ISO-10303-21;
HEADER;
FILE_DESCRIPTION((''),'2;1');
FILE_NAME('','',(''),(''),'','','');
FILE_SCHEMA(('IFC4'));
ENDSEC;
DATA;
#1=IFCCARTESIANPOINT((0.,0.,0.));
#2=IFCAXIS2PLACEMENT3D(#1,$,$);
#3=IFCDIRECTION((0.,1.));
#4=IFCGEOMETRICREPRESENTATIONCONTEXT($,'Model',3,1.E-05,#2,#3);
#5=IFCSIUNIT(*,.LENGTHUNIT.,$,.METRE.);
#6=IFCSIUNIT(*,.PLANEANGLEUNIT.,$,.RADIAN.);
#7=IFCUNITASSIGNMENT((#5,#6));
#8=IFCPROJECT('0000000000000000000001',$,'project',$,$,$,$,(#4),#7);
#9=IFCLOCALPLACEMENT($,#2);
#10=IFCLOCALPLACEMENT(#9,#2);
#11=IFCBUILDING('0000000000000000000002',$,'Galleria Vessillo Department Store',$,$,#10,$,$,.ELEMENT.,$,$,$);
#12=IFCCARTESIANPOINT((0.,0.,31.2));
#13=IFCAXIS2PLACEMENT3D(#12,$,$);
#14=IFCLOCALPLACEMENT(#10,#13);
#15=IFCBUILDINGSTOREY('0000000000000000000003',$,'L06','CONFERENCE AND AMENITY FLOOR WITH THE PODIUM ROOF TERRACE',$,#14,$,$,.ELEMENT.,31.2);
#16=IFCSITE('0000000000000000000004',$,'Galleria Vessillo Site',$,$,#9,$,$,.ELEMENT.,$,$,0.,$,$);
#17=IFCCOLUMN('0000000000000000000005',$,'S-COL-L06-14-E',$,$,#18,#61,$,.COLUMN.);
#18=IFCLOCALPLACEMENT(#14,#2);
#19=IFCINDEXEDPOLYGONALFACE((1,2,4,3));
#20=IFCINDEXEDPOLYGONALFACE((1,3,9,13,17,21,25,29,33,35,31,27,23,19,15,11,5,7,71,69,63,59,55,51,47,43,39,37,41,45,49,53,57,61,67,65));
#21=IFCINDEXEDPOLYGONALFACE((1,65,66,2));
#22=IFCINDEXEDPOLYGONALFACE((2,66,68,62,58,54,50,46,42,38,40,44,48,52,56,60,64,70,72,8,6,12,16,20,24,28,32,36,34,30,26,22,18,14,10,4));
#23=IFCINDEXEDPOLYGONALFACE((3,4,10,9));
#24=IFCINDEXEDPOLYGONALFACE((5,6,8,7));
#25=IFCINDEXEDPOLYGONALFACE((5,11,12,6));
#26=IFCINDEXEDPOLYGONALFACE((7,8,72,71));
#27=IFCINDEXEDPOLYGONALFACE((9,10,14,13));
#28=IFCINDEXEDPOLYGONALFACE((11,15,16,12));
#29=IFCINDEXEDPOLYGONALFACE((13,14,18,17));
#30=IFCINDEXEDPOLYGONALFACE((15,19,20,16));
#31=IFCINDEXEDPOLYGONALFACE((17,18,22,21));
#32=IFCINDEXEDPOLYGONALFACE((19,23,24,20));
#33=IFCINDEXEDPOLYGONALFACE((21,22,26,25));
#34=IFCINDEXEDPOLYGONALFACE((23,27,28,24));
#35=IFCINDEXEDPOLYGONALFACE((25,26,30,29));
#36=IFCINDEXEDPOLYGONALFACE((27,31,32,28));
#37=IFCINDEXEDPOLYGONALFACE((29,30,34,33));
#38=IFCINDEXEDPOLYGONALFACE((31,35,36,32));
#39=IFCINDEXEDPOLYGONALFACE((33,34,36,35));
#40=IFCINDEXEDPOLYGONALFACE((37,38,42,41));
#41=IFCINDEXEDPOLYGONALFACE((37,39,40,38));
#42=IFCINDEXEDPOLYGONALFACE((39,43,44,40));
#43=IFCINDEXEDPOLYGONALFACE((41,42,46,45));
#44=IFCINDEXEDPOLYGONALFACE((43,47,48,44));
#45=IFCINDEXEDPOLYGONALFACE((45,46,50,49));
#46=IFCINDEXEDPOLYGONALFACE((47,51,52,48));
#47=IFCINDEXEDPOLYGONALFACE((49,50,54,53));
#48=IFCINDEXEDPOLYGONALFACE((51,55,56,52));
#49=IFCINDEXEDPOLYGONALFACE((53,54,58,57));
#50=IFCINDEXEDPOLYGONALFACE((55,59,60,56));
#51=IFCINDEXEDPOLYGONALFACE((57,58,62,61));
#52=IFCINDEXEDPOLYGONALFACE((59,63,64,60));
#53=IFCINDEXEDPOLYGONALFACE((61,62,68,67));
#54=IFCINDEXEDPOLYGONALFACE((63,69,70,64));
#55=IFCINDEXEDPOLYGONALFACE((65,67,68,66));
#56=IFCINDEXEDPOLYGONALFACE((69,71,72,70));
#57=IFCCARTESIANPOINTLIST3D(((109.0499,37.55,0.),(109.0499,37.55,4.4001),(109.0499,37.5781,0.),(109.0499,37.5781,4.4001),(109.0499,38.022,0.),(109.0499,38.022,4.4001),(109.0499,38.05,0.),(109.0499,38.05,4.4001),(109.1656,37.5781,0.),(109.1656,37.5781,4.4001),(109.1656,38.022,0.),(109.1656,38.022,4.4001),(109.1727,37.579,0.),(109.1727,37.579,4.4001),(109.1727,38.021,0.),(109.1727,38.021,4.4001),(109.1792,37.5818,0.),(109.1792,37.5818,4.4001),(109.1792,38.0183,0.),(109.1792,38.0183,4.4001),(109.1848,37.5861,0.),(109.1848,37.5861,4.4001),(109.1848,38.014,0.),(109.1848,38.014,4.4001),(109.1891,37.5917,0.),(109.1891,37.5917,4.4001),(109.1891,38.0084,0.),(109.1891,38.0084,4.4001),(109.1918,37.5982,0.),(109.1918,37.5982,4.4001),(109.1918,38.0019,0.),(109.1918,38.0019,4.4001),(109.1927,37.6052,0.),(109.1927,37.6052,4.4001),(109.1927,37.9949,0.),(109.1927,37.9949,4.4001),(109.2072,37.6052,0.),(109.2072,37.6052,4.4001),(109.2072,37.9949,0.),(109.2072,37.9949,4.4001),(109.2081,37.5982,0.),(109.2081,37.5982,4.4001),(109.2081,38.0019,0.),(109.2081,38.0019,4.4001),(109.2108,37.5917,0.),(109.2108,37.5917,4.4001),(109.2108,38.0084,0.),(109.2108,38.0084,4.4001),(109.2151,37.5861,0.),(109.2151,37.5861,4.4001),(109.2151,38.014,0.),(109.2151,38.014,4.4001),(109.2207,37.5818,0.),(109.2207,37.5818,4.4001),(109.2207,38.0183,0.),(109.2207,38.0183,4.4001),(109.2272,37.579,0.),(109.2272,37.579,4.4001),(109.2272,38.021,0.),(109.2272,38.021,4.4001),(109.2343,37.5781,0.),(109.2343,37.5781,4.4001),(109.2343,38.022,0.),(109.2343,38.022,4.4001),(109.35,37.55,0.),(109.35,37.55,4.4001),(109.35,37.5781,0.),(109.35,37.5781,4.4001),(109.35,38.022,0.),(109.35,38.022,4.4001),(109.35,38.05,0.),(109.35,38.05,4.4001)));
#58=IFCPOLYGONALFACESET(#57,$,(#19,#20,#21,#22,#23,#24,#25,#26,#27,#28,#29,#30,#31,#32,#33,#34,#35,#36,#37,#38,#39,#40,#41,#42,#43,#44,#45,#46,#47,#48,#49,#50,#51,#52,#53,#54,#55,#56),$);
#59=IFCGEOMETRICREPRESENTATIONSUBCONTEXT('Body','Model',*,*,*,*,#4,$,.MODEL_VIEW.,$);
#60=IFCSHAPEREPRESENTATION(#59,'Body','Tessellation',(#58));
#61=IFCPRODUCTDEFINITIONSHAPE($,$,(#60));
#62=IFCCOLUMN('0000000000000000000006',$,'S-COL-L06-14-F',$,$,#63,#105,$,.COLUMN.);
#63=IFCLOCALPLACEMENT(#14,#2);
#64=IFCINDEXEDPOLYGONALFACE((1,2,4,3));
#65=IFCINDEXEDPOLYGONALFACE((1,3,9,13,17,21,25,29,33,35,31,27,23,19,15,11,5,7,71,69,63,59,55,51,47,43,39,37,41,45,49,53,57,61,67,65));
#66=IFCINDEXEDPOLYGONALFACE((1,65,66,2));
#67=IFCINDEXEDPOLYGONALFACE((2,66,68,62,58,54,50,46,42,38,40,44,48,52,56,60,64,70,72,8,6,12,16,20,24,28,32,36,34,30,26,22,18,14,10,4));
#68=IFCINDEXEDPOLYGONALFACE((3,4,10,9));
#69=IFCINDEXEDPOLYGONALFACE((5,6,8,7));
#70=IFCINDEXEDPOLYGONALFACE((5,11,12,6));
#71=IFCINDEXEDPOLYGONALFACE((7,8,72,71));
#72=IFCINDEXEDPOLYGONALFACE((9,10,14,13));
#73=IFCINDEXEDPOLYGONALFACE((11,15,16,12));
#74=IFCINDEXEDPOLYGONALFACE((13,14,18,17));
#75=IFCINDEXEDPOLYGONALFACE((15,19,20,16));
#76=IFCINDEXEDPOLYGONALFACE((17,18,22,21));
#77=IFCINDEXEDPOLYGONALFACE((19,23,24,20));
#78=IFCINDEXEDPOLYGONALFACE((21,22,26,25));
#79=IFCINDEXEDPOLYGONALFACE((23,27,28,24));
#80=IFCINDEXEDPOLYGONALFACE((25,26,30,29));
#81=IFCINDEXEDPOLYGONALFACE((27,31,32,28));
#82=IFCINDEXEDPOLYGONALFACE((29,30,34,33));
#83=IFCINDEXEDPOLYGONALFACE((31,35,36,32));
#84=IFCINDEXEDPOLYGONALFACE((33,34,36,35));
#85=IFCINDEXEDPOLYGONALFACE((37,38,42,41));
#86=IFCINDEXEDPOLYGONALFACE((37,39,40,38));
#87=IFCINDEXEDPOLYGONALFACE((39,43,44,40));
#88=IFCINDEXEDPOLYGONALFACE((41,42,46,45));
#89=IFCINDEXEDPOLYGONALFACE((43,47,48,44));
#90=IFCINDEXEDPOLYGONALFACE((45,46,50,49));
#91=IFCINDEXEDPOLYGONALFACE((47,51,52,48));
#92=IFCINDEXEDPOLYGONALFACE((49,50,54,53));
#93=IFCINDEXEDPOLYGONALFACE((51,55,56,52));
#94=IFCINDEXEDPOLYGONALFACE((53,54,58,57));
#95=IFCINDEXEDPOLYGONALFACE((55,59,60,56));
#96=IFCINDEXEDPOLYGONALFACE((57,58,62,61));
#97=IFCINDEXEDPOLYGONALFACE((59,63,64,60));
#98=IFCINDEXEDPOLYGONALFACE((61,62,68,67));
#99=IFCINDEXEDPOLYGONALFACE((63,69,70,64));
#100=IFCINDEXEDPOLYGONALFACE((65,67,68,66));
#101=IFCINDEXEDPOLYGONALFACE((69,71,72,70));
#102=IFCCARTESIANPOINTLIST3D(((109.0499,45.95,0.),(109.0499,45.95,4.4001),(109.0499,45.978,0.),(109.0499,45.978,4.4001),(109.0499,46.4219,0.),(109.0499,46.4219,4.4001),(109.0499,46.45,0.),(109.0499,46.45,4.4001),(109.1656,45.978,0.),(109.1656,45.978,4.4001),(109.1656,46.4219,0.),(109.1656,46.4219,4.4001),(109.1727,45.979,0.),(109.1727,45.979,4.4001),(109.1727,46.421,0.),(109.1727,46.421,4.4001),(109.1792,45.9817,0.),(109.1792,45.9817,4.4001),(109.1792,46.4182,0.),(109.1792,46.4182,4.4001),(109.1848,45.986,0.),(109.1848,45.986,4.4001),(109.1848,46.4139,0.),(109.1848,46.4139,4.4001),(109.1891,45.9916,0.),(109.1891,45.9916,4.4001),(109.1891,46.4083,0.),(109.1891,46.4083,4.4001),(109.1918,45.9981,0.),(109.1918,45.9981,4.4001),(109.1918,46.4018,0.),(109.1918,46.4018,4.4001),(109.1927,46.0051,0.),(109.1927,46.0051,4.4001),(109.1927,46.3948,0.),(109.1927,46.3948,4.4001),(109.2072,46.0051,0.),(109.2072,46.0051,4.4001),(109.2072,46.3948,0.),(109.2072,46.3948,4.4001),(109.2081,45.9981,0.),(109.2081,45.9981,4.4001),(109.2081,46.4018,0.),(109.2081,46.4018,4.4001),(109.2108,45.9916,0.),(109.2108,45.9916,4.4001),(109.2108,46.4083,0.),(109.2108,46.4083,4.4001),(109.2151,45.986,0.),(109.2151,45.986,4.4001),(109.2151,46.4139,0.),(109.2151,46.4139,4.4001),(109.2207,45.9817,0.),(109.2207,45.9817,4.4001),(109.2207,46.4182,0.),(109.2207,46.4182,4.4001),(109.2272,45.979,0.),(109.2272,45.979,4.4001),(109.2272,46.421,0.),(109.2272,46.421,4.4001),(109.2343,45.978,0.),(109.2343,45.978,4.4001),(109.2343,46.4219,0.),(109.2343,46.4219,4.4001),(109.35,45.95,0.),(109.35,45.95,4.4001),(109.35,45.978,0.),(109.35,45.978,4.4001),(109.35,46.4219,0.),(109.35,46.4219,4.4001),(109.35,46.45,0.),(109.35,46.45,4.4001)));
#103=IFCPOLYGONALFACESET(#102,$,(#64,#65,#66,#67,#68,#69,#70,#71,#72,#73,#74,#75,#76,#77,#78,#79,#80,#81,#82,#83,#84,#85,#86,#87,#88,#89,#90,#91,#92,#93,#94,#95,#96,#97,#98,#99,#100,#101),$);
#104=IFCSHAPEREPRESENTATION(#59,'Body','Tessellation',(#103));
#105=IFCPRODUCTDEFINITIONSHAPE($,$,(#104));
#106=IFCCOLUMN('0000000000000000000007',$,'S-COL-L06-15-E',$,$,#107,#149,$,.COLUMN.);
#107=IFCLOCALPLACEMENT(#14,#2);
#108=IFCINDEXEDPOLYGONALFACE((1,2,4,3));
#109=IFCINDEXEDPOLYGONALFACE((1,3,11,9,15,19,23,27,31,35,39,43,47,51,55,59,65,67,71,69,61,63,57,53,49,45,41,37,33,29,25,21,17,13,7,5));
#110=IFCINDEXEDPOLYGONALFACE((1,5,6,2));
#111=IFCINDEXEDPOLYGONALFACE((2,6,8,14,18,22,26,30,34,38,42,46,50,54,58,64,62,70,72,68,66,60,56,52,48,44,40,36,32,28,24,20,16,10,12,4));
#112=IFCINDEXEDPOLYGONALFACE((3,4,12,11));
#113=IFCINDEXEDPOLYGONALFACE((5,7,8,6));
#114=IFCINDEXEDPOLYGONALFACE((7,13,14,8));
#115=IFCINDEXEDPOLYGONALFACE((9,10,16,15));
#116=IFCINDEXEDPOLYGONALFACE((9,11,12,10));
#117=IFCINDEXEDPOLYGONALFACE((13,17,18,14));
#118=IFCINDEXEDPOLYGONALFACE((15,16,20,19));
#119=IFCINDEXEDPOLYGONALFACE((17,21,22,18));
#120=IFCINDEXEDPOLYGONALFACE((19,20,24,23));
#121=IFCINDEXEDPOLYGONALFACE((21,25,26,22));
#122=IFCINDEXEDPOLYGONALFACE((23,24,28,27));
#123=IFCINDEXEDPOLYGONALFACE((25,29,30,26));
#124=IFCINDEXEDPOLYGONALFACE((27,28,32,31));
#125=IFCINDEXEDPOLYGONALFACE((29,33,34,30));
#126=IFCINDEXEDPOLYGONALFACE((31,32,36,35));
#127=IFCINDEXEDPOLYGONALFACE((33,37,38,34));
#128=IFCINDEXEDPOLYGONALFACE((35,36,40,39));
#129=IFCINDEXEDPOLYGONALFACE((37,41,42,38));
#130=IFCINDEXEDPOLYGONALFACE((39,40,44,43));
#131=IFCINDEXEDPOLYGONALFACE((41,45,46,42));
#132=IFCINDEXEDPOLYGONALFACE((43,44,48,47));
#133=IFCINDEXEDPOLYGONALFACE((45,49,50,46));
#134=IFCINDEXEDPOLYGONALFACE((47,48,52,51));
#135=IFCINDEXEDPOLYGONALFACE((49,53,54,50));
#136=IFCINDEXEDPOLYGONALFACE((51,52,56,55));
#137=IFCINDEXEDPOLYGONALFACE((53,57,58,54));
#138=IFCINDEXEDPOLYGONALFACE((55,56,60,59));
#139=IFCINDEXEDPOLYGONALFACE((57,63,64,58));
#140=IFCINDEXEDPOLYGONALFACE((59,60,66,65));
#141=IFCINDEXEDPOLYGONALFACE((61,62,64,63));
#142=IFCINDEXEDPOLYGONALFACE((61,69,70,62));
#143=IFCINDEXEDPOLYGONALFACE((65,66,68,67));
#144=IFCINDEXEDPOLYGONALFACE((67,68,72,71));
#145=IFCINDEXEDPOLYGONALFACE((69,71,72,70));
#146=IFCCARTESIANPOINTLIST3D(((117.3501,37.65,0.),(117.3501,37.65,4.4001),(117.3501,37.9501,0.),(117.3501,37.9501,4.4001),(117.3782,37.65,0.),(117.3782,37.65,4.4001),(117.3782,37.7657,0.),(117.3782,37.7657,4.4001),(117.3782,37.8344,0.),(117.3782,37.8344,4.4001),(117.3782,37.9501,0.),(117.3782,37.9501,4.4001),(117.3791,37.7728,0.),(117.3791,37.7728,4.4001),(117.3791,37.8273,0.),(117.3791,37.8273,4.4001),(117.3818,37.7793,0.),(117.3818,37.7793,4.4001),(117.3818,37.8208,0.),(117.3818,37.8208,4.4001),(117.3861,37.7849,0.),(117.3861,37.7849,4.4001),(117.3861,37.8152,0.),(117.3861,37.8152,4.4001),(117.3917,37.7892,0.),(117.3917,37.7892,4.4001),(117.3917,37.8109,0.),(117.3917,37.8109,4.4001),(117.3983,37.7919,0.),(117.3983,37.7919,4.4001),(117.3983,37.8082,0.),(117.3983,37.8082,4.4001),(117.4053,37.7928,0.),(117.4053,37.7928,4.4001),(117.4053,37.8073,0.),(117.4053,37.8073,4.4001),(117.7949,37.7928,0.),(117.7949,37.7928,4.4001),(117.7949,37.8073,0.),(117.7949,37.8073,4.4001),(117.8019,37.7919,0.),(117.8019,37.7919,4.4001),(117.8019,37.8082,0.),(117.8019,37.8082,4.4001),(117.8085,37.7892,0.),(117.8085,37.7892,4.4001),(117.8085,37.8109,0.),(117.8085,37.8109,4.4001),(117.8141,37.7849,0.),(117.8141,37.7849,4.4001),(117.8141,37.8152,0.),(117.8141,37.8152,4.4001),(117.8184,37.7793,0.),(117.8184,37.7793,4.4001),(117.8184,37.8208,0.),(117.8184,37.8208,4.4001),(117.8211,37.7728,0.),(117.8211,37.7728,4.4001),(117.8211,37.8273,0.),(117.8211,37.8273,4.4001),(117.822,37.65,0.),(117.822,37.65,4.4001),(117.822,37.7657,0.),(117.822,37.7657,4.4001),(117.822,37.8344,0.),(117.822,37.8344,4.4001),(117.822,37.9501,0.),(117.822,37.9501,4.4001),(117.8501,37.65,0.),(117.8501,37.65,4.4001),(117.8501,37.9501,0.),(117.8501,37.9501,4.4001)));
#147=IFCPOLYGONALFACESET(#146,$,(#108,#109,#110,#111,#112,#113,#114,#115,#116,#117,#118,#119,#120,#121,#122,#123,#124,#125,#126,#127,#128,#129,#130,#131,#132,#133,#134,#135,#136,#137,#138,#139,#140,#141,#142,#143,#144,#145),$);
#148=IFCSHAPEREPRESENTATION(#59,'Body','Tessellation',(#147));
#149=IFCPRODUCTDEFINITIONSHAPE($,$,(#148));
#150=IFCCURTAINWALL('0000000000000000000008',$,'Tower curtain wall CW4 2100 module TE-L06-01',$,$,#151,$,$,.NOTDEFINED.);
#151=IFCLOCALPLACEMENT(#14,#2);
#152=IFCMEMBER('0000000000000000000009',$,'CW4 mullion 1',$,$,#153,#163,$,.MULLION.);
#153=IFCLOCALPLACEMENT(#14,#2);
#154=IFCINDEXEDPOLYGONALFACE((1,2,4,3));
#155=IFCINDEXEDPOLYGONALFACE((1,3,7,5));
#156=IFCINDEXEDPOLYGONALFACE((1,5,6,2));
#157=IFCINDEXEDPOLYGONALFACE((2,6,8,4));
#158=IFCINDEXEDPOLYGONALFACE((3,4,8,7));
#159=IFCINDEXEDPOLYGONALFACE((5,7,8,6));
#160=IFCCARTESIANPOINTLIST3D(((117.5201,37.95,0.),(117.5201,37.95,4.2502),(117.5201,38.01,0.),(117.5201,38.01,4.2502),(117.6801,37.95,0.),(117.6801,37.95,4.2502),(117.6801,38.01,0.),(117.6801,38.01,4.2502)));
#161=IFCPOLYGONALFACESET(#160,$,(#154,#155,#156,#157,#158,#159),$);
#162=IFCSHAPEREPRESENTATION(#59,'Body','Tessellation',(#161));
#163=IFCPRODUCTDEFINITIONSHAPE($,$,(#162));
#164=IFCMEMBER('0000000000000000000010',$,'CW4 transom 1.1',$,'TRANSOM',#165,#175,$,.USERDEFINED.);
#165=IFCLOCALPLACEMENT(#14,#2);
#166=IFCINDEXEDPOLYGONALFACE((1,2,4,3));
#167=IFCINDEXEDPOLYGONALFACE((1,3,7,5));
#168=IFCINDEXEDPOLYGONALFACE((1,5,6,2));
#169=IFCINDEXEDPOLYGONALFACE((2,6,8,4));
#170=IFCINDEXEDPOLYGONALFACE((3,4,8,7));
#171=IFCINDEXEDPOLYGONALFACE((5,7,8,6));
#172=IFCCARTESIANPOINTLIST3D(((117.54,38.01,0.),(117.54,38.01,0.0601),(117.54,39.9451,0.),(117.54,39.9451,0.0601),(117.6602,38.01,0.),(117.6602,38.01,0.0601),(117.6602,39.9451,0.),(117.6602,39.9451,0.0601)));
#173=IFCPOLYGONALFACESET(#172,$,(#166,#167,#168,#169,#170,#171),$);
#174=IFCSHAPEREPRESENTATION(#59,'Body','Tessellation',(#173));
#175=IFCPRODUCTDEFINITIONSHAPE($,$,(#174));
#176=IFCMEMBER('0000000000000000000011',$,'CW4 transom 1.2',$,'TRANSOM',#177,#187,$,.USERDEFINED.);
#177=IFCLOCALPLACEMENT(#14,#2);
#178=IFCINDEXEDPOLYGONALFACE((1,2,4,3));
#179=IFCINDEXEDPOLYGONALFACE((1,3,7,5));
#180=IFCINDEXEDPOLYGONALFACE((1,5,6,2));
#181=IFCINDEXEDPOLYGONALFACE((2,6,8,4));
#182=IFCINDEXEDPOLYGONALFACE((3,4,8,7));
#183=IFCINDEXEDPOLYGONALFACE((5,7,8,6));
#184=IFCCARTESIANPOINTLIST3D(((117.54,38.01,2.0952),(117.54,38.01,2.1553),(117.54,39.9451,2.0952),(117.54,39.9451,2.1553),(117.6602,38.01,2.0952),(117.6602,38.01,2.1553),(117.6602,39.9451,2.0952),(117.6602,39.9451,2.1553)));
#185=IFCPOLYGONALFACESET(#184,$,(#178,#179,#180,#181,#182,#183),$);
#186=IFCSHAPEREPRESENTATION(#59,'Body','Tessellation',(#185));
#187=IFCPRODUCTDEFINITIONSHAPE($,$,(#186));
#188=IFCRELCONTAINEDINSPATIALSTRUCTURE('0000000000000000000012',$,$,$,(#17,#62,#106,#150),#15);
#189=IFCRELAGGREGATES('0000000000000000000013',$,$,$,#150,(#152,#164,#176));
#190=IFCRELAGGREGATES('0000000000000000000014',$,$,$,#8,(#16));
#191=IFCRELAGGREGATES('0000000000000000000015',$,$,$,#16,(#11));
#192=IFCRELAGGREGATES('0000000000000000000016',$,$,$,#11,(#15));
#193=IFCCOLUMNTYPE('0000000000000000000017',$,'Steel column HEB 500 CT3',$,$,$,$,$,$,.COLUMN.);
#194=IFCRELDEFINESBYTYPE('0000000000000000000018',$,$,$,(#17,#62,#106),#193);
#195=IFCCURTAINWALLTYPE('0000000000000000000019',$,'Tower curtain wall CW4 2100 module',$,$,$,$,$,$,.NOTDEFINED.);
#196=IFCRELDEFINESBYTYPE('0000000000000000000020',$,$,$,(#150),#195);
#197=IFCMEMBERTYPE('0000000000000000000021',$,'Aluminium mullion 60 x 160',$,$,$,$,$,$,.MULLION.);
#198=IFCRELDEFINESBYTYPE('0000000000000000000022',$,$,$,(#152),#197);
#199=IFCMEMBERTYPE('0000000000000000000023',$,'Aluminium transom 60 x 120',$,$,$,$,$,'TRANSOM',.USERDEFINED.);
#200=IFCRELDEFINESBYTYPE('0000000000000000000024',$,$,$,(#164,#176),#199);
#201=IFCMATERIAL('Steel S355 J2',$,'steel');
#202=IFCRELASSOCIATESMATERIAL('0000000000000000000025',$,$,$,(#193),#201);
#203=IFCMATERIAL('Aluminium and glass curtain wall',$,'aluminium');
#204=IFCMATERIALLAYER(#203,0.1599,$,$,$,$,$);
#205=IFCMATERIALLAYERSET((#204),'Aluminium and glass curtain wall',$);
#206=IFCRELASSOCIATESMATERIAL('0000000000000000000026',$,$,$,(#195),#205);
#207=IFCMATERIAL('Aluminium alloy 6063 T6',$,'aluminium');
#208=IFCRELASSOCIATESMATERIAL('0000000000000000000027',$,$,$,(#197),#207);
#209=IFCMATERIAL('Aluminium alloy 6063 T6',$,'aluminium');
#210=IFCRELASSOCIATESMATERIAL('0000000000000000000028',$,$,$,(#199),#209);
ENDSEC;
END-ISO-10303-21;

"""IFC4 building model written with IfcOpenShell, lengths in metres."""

from ifc_helpers import new_model, si_unit, direction, frame, origin, origin_2d, place, context, subcontext, project, spatial, rectangle, i_section, extrude, material, layer, layer_set, material_profile, profile_set, type_object, element, aggregate, save


model = new_model("IFC4")

# Units and contexts
model_context = context("Model", 3, precision=1e-05, world=origin(), true_north=direction((0.0, 1.0)))
body_context = subcontext(model_context, "Body", "Model", "MODEL_VIEW")
ifc_project = project(units=[si_unit("LENGTHUNIT", "METRE"), si_unit("PLANEANGLEUNIT", "RADIAN")], contexts=[model_context])

# Site, building, storey
site_placement = place(None, origin())
site = spatial("IfcSite", under=ifc_project, at=site_placement, Name="Galleria Vessillo Site", CompositionType="ELEMENT", RefElevation=0.0)
building_placement = place(site_placement, origin())
building = spatial("IfcBuilding", under=site, at=building_placement, Name="Galleria Vessillo Department Store", CompositionType="ELEMENT")
storey_placement = place(building_placement, frame((0.0, 0.0, 31.2)))
storey = spatial("IfcBuildingStorey", under=building, at=storey_placement, Name="L06", Description="CONFERENCE AND AMENITY FLOOR WITH THE PODIUM ROOF TERRACE", CompositionType="ELEMENT", Elevation=31.2)

# Columns
ifc_material_1 = material(Name="Steel S355 J2", Category="steel")
ifc_material_profile_1 = material_profile(ifc_material_1, i_section(OverallWidth=0.3, OverallDepth=0.5, WebThickness=0.0144, FlangeThickness=0.0281, FilletRadius=0.0271, at=origin_2d()), Name="HEB 500")
ifc_profile_set_1 = profile_set([ifc_material_profile_1], Name="Steel S355 J2")
column_type = type_object("IfcColumnType", Name="Steel column HEB 500 CT3", PredefinedType="COLUMN", material=ifc_profile_set_1)
for number, where, z_axis, x_axis, name in (
    (1, (109.2, 37.8, 0.0), (0.0, 0.0, 1.0), (1.0, 0.0, 0.0), "S-COL-L06-14-E"),
    (2, (109.2, 46.2, 0.0), (0.0, 0.0, 1.0), (1.0, 0.0, 0.0), "S-COL-L06-14-F"),
    (3, (117.6001, 37.8, 0.0), (0.0, 0.0, 1.0), (0.0, 1.0, 0.0), "S-COL-L06-15-E"),
):
    element("IfcColumn", number, at=place(storey_placement, frame(where, z_axis=z_axis, x_axis=x_axis)), inside=storey, type_object=column_type, Name=name, PredefinedType="COLUMN", context=body_context, shape_type="SweptSolid", body=[
        extrude(i_section(OverallWidth=0.3, OverallDepth=0.5, WebThickness=0.0144, FlangeThickness=0.0281, FilletRadius=0.0271, at=origin_2d()), origin(), (0.0, 0.0, 1.0), 4.4001),
    ])

# Curtain wall, members
ifc_material_2 = material(Name="Aluminium and glass curtain wall", Category="aluminium")
ifc_layer_1 = layer(ifc_material_2, 0.1599)
ifc_layer_set_1 = layer_set([ifc_layer_1], Name="Aluminium and glass curtain wall")
curtain_wall_type = type_object("IfcCurtainWallType", Name="Tower curtain wall CW4 2100 module", PredefinedType="NOTDEFINED", material=ifc_layer_set_1)
curtain_wall_placement = place(storey_placement, origin())
curtain_wall = element("IfcCurtainWall", 4, at=curtain_wall_placement, inside=storey, type_object=curtain_wall_type, Name="Tower curtain wall CW4 2100 module TE-L06-01", PredefinedType="NOTDEFINED")
ifc_material_3 = material(Name="Aluminium alloy 6063 T6", Category="aluminium")
ifc_material_profile_2 = material_profile(ifc_material_3, rectangle(XDim=0.1599, YDim=0.0601, at=origin_2d()), Name="AL 60x160")
ifc_profile_set_2 = profile_set([ifc_material_profile_2], Name="Aluminium alloy 6063 T6")
member_type_1 = type_object("IfcMemberType", Name="Aluminium mullion 60 x 160", PredefinedType="MULLION", material=ifc_profile_set_2)
member_1_placement = place(storey_placement, frame((117.6001, 37.98, 0.0), z_axis=(0.0, 0.0, 1.0), x_axis=(-1.0, 0.0, 0.0)))
member_1 = element("IfcMember", 5, at=member_1_placement, type_object=member_type_1, Name="CW4 mullion 1", PredefinedType="MULLION", context=body_context, shape_type="SweptSolid", body=[
    extrude(rectangle(XDim=0.1599, YDim=0.0601, at=origin_2d()), origin(), (0.0, 0.0, 1.0), 4.2502),
])
ifc_material_4 = material(Name="Aluminium alloy 6063 T6", Category="aluminium")
ifc_material_profile_3 = material_profile(ifc_material_4, rectangle(XDim=0.1201, YDim=0.0601, at=origin_2d()), Name="AL 60x120")
ifc_profile_set_3 = profile_set([ifc_material_profile_3], Name="Aluminium alloy 6063 T6")
member_type_2 = type_object("IfcMemberType", Name="Aluminium transom 60 x 120", ElementType="TRANSOM", PredefinedType="USERDEFINED", material=ifc_profile_set_3)
member_2_placement = place(storey_placement, frame((117.6001, 38.01, 0.03), z_axis=(0.0, 1.0, 0.0), x_axis=(-1.0, 0.0, 0.0)))
member_2 = element("IfcMember", 6, at=member_2_placement, type_object=member_type_2, Name="CW4 transom 1.1", ObjectType="TRANSOM", PredefinedType="USERDEFINED", context=body_context, shape_type="SweptSolid", body=[
    extrude(rectangle(XDim=0.1201, YDim=0.0601, at=origin_2d()), origin(), (0.0, 0.0, 1.0), 1.9351),
])
member_3_placement = place(storey_placement, frame((117.6001, 38.01, 2.1252), z_axis=(0.0, 1.0, 0.0), x_axis=(-1.0, 0.0, 0.0)))
member_3 = element("IfcMember", 7, at=member_3_placement, type_object=member_type_2, Name="CW4 transom 1.2", ObjectType="TRANSOM", PredefinedType="USERDEFINED", context=body_context, shape_type="SweptSolid", body=[
    extrude(rectangle(XDim=0.1201, YDim=0.0601, at=origin_2d()), origin(), (0.0, 0.0, 1.0), 1.9351),
])
aggregate(curtain_wall, [member_1, member_2, member_3])

save(model, "model.ifc")
